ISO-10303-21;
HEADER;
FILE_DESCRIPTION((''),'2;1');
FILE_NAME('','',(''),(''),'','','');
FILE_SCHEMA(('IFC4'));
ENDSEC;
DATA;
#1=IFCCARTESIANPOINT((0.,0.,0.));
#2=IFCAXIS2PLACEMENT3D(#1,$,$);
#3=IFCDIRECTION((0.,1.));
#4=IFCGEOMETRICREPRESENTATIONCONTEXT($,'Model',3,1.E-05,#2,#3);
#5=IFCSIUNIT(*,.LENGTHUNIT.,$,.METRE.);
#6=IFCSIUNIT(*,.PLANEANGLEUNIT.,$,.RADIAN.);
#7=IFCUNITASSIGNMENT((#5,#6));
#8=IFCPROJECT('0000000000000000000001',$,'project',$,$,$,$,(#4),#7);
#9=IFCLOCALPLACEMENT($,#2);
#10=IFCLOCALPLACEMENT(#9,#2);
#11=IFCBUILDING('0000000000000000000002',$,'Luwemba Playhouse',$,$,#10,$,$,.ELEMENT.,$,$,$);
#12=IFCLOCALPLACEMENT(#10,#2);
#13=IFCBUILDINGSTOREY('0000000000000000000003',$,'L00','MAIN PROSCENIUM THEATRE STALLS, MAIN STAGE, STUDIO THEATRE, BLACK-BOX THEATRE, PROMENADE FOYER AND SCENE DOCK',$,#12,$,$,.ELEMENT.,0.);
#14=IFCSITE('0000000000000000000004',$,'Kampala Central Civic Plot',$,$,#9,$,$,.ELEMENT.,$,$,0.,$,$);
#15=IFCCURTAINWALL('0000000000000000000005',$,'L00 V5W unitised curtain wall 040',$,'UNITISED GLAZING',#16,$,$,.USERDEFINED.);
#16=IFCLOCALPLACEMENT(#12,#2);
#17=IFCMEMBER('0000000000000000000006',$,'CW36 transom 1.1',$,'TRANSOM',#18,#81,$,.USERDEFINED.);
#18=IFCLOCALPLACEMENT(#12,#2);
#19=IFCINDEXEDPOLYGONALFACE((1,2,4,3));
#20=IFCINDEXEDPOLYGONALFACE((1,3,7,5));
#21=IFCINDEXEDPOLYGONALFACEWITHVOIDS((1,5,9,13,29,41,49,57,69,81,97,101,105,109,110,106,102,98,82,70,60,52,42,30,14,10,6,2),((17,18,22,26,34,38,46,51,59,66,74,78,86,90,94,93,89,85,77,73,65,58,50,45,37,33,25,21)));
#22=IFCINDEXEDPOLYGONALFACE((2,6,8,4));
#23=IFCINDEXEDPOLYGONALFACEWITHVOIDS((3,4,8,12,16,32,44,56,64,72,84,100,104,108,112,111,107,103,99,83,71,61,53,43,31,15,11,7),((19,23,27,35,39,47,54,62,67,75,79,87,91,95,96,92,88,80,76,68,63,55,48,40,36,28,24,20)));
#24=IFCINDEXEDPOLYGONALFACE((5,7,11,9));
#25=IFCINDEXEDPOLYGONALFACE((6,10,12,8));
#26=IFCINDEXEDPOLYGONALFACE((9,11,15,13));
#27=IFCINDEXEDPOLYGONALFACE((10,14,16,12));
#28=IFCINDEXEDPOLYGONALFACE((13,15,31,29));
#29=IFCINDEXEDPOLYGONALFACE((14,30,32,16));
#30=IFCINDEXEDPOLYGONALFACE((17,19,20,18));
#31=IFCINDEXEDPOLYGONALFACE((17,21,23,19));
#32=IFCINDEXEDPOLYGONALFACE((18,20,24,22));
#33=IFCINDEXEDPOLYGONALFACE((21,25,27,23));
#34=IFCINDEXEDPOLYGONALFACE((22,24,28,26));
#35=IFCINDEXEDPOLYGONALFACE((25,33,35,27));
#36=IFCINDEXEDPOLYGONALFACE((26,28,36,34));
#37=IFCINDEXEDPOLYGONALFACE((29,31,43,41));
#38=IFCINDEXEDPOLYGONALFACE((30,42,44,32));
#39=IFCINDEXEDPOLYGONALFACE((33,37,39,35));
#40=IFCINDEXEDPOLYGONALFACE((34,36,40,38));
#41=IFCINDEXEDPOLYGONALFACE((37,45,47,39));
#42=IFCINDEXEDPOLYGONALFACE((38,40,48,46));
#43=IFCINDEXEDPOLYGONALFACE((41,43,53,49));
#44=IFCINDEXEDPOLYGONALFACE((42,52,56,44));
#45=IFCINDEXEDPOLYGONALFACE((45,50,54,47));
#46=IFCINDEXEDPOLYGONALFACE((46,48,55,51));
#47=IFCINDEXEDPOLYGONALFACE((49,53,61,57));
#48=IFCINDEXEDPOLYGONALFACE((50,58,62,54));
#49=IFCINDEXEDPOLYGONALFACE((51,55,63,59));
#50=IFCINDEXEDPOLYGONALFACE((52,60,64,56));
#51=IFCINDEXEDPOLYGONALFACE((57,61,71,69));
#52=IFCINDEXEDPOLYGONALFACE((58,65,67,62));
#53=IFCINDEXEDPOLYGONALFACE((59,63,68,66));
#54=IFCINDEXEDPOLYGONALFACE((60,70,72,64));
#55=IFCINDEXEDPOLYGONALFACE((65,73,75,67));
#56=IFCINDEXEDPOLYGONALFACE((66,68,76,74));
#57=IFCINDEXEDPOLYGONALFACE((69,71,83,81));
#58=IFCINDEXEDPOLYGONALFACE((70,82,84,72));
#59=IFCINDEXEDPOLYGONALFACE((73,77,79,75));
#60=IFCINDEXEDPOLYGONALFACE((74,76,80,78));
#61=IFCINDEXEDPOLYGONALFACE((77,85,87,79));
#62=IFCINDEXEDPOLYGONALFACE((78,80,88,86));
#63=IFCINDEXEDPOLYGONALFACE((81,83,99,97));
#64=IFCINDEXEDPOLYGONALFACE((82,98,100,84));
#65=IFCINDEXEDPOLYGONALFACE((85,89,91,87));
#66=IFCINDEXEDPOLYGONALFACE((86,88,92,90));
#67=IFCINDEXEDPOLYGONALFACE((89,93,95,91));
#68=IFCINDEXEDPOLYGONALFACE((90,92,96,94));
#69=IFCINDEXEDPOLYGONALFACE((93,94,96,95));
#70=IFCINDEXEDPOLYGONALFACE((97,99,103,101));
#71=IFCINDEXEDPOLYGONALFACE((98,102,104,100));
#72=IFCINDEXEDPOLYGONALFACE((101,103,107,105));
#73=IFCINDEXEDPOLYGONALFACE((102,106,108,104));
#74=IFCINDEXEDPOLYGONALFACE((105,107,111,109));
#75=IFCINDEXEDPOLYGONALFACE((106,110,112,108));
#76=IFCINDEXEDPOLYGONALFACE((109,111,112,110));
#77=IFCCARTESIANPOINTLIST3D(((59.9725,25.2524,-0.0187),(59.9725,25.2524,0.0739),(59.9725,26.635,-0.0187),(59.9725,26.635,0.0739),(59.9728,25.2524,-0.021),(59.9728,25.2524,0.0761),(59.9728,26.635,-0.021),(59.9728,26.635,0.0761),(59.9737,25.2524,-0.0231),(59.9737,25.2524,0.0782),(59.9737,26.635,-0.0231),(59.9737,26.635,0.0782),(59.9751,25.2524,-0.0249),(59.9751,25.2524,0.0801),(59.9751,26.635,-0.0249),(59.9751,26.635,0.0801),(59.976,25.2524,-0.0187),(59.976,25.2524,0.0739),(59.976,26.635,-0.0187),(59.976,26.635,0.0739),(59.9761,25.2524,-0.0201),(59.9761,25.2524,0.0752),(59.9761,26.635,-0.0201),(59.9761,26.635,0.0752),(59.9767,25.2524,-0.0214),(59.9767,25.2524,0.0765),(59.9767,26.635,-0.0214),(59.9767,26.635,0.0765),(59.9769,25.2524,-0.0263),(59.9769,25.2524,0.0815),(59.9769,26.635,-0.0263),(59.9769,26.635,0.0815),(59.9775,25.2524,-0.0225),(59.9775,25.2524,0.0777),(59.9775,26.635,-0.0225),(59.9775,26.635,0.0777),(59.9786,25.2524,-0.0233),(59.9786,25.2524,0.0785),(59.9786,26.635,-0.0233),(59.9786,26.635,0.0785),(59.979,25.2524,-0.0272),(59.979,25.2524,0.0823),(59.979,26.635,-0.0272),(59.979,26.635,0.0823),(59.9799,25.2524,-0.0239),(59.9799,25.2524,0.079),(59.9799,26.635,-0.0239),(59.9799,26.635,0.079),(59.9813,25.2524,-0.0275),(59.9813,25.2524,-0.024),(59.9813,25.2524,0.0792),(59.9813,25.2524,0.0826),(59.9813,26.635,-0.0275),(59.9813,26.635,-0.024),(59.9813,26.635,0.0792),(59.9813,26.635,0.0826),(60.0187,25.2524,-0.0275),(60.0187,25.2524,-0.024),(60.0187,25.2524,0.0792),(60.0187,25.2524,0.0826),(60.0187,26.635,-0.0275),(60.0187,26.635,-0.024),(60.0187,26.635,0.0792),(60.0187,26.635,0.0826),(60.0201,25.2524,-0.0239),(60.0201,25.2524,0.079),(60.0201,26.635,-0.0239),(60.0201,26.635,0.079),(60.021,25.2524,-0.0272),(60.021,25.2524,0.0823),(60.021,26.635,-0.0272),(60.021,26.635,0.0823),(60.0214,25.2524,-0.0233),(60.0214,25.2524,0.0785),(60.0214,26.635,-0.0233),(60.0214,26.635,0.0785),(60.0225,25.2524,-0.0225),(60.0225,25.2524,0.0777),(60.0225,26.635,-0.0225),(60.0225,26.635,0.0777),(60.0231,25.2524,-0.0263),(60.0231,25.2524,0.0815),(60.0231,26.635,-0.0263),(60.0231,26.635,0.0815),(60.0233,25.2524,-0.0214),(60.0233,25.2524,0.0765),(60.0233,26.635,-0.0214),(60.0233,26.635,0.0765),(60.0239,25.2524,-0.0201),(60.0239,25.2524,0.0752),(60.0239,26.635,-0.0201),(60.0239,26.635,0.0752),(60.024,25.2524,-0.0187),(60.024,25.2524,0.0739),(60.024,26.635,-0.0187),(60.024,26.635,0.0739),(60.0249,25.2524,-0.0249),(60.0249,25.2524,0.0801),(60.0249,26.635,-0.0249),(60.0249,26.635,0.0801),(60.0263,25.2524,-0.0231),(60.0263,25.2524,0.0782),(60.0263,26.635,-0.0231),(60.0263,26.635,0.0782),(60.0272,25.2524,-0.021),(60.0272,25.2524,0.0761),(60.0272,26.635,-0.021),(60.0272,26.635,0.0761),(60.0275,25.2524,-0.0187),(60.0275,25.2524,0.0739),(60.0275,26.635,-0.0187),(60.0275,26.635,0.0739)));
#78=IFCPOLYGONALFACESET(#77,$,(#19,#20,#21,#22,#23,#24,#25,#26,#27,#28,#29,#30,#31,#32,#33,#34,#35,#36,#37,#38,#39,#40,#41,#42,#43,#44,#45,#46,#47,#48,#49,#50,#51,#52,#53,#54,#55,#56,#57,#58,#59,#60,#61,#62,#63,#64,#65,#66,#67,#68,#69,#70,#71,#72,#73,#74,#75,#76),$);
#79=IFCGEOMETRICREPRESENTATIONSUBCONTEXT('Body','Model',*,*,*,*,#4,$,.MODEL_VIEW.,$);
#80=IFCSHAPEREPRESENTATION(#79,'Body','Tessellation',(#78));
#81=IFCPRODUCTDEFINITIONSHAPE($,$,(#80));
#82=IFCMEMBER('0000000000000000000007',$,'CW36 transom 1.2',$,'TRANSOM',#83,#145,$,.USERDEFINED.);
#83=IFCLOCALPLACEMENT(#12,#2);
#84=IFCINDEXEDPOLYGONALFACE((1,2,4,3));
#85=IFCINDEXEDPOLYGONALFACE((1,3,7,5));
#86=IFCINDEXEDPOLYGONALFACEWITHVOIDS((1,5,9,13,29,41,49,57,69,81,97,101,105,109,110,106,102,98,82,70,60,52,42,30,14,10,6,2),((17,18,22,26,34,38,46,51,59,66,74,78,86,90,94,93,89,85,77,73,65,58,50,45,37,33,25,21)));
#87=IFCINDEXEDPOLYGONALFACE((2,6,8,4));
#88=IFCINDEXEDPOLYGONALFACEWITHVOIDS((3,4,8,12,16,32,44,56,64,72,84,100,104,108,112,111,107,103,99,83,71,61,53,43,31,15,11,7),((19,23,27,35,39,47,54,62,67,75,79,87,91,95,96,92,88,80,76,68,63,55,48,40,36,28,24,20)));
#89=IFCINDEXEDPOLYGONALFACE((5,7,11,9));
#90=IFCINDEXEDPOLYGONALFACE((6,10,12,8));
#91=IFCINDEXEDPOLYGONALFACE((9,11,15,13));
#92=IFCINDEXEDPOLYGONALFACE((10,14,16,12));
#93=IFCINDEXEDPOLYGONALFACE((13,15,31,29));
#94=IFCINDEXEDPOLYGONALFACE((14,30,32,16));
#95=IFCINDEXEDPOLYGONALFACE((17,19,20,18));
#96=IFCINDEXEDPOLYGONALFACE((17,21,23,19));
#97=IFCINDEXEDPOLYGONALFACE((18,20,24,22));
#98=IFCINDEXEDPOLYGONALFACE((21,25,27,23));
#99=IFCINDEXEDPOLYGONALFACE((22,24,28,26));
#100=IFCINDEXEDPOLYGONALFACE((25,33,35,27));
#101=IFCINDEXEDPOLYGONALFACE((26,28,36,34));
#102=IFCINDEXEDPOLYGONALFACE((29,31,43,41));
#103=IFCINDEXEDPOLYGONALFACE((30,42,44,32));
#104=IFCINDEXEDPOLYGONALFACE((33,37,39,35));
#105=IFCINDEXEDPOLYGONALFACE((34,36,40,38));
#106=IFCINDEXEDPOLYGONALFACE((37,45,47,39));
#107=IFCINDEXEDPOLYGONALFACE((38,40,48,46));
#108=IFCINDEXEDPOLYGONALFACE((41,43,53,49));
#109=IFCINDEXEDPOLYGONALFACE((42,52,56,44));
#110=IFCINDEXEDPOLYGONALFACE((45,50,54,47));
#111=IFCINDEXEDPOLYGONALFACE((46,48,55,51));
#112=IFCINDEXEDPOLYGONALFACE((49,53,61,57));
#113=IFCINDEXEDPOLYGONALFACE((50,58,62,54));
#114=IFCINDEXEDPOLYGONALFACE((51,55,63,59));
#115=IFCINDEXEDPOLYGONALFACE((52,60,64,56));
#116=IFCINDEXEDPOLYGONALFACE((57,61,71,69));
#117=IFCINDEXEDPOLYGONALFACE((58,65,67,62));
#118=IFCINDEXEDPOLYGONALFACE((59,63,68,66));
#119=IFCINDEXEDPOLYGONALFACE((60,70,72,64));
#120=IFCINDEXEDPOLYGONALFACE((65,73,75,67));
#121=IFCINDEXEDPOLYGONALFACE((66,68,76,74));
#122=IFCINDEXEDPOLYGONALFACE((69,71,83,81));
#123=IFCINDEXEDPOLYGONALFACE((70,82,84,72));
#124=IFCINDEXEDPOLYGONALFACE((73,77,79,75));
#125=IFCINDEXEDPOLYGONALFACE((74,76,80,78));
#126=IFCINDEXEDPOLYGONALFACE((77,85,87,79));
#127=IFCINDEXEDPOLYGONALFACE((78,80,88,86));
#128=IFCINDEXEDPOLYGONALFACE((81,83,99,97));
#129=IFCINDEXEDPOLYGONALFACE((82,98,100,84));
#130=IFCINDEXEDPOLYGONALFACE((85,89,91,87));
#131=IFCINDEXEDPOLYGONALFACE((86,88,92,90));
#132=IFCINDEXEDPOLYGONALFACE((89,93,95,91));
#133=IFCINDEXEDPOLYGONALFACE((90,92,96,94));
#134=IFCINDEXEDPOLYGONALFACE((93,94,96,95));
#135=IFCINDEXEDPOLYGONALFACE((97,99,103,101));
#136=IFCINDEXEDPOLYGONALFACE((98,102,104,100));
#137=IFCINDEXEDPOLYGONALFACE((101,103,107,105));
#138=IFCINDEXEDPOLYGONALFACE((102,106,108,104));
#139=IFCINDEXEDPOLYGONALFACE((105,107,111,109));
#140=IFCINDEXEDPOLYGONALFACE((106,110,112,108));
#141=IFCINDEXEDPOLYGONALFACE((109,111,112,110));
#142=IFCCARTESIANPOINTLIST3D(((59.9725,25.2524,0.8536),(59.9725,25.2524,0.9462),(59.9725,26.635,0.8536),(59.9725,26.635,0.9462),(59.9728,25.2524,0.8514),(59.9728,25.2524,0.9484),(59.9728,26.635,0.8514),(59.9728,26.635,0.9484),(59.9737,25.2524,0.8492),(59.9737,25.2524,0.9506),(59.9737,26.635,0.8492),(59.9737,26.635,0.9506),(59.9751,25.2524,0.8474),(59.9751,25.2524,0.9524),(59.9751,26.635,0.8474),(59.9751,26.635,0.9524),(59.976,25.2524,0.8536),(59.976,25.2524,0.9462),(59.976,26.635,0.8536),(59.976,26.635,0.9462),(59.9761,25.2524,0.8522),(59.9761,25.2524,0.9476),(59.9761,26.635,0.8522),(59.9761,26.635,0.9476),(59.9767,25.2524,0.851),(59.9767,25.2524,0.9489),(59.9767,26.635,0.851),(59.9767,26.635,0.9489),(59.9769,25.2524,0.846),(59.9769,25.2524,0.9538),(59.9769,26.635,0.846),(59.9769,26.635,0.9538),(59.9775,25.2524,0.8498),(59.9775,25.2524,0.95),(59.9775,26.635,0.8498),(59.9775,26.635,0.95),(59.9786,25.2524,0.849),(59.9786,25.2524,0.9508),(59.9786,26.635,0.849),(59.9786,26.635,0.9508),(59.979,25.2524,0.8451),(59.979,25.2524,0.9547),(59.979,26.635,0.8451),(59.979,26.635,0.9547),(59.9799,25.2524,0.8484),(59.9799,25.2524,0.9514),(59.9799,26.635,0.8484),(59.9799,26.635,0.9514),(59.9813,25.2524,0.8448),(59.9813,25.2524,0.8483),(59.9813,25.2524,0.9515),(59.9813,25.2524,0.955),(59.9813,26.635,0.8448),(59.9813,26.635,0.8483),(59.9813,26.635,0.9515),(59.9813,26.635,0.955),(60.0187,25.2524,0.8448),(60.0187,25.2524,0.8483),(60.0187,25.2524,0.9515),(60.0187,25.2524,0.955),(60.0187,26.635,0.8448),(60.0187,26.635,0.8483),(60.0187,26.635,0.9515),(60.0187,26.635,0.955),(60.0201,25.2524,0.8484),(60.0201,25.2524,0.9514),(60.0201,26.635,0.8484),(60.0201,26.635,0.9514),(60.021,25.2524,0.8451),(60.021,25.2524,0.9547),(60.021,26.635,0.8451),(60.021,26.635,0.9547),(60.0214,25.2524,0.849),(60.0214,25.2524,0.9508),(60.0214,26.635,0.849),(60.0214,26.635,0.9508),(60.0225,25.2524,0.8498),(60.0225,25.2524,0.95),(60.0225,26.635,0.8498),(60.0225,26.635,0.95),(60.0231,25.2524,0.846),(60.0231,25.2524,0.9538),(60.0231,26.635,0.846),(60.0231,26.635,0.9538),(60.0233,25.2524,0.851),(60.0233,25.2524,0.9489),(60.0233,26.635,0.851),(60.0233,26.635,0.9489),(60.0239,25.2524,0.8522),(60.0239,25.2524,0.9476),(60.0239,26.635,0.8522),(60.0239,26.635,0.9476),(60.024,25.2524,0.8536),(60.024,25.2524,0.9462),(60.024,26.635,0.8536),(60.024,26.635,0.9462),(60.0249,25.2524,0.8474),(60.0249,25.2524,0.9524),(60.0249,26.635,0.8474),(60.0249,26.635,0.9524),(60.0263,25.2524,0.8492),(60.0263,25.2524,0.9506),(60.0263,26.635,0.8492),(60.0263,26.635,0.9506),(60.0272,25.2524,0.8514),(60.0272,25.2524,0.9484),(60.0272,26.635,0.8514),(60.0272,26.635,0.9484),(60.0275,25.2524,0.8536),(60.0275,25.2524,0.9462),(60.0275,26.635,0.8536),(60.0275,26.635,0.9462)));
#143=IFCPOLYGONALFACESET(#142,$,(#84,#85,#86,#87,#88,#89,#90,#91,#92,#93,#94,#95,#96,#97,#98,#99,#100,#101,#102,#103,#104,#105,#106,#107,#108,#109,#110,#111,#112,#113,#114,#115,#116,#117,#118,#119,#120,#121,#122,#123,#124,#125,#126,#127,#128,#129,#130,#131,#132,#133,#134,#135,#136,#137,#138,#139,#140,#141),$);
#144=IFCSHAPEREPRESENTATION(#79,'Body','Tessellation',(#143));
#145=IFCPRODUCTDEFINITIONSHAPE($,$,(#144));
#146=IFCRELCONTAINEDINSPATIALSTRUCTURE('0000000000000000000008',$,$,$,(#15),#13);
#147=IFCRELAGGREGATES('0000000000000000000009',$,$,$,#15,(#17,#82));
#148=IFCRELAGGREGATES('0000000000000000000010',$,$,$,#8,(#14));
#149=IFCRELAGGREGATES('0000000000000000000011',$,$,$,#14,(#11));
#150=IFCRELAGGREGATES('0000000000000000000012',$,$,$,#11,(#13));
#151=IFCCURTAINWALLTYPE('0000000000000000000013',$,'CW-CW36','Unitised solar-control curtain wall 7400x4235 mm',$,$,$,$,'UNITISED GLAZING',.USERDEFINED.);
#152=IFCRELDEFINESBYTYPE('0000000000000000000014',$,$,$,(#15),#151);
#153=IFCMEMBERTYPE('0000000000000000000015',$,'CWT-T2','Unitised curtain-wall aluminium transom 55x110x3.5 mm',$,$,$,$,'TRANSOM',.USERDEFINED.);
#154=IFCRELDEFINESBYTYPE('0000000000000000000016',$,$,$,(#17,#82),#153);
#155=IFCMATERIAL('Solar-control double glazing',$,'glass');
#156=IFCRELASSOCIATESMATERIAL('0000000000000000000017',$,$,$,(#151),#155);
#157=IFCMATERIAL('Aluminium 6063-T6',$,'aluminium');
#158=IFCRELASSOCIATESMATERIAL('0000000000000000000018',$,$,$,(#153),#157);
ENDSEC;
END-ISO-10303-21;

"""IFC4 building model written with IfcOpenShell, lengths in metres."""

from ifc_helpers import new_model, si_unit, direction, frame, origin, origin_2d, place, context, subcontext, project, spatial, hollow_rectangle, extrude, material, material_profile, profile_set, type_object, element, aggregate, save


model = new_model("IFC4")

# Units and contexts
model_context = context("Model", 3, precision=1e-05, world=origin(), true_north=direction((0.0, 1.0)))
body_context = subcontext(model_context, "Body", "Model", "MODEL_VIEW")
ifc_project = project(units=[si_unit("LENGTHUNIT", "METRE"), si_unit("PLANEANGLEUNIT", "RADIAN")], contexts=[model_context])

# Site, building, storey
site_placement = place(None, origin())
site = spatial("IfcSite", under=ifc_project, at=site_placement, Name="Kampala Central Civic Plot", CompositionType="ELEMENT", RefElevation=0.0)
building_placement = place(site_placement, origin())
building = spatial("IfcBuilding", under=site, at=building_placement, Name="Luwemba Playhouse", CompositionType="ELEMENT")
storey_placement = place(building_placement, origin())
storey = spatial("IfcBuildingStorey", under=building, at=storey_placement, Name="L00", Description="MAIN PROSCENIUM THEATRE STALLS, MAIN STAGE, STUDIO THEATRE, BLACK-BOX THEATRE, PROMENADE FOYER AND SCENE DOCK", CompositionType="ELEMENT", Elevation=0.0)

# Curtain wall, members
ifc_material_1 = material(Name="Solar-control double glazing", Category="glass")
curtain_wall_type = type_object("IfcCurtainWallType", Name="CW-CW36", Description="Unitised solar-control curtain wall 7400x4235 mm", ElementType="UNITISED GLAZING", PredefinedType="USERDEFINED", material=ifc_material_1)
curtain_wall_placement = place(storey_placement, origin())
curtain_wall = element("IfcCurtainWall", 1, at=curtain_wall_placement, inside=storey, type_object=curtain_wall_type, Name="L00 V5W unitised curtain wall 040", ObjectType="UNITISED GLAZING", PredefinedType="USERDEFINED")
ifc_material_2 = material(Name="Aluminium 6063-T6", Category="aluminium")
ifc_material_profile_1 = material_profile(ifc_material_2, hollow_rectangle(XDim=0.0549, YDim=0.1101, WallThickness=0.0034, InnerFilletRadius=0.0054, OuterFilletRadius=0.0088, at=origin_2d()))
ifc_profile_set_1 = profile_set([ifc_material_profile_1], Name="Aluminium 6063-T6")
member_type_1 = type_object("IfcMemberType", Name="CWT-T2", Description="Unitised curtain-wall aluminium transom 55x110x3.5 mm", ElementType="TRANSOM", PredefinedType="USERDEFINED", material=ifc_profile_set_1)
member_1_placement = place(storey_placement, frame((60.0, 26.635, 0.0276), z_axis=(0.0, -1.0, 0.0), x_axis=(1.0, 0.0, 0.0)))
member_1 = element("IfcMember", 2, at=member_1_placement, type_object=member_type_1, Name="CW36 transom 1.1", ObjectType="TRANSOM", PredefinedType="USERDEFINED", context=body_context, shape_type="SweptSolid", body=[
    extrude(hollow_rectangle(XDim=0.0549, YDim=0.1101, WallThickness=0.0034, InnerFilletRadius=0.0054, OuterFilletRadius=0.0088, at=origin_2d()), origin(), (0.0, 0.0, 1.0), 1.3826),
])
member_2_placement = place(storey_placement, frame((60.0, 26.635, 0.8999), z_axis=(0.0, -1.0, 0.0), x_axis=(1.0, 0.0, 0.0)))
member_2 = element("IfcMember", 3, at=member_2_placement, type_object=member_type_1, Name="CW36 transom 1.2", ObjectType="TRANSOM", PredefinedType="USERDEFINED", context=body_context, shape_type="SweptSolid", body=[
    extrude(hollow_rectangle(XDim=0.0549, YDim=0.1101, WallThickness=0.0034, InnerFilletRadius=0.0054, OuterFilletRadius=0.0088, at=origin_2d()), origin(), (0.0, 0.0, 1.0), 1.3826),
])
aggregate(curtain_wall, [member_1, member_2])

save(model, "model.ifc")
